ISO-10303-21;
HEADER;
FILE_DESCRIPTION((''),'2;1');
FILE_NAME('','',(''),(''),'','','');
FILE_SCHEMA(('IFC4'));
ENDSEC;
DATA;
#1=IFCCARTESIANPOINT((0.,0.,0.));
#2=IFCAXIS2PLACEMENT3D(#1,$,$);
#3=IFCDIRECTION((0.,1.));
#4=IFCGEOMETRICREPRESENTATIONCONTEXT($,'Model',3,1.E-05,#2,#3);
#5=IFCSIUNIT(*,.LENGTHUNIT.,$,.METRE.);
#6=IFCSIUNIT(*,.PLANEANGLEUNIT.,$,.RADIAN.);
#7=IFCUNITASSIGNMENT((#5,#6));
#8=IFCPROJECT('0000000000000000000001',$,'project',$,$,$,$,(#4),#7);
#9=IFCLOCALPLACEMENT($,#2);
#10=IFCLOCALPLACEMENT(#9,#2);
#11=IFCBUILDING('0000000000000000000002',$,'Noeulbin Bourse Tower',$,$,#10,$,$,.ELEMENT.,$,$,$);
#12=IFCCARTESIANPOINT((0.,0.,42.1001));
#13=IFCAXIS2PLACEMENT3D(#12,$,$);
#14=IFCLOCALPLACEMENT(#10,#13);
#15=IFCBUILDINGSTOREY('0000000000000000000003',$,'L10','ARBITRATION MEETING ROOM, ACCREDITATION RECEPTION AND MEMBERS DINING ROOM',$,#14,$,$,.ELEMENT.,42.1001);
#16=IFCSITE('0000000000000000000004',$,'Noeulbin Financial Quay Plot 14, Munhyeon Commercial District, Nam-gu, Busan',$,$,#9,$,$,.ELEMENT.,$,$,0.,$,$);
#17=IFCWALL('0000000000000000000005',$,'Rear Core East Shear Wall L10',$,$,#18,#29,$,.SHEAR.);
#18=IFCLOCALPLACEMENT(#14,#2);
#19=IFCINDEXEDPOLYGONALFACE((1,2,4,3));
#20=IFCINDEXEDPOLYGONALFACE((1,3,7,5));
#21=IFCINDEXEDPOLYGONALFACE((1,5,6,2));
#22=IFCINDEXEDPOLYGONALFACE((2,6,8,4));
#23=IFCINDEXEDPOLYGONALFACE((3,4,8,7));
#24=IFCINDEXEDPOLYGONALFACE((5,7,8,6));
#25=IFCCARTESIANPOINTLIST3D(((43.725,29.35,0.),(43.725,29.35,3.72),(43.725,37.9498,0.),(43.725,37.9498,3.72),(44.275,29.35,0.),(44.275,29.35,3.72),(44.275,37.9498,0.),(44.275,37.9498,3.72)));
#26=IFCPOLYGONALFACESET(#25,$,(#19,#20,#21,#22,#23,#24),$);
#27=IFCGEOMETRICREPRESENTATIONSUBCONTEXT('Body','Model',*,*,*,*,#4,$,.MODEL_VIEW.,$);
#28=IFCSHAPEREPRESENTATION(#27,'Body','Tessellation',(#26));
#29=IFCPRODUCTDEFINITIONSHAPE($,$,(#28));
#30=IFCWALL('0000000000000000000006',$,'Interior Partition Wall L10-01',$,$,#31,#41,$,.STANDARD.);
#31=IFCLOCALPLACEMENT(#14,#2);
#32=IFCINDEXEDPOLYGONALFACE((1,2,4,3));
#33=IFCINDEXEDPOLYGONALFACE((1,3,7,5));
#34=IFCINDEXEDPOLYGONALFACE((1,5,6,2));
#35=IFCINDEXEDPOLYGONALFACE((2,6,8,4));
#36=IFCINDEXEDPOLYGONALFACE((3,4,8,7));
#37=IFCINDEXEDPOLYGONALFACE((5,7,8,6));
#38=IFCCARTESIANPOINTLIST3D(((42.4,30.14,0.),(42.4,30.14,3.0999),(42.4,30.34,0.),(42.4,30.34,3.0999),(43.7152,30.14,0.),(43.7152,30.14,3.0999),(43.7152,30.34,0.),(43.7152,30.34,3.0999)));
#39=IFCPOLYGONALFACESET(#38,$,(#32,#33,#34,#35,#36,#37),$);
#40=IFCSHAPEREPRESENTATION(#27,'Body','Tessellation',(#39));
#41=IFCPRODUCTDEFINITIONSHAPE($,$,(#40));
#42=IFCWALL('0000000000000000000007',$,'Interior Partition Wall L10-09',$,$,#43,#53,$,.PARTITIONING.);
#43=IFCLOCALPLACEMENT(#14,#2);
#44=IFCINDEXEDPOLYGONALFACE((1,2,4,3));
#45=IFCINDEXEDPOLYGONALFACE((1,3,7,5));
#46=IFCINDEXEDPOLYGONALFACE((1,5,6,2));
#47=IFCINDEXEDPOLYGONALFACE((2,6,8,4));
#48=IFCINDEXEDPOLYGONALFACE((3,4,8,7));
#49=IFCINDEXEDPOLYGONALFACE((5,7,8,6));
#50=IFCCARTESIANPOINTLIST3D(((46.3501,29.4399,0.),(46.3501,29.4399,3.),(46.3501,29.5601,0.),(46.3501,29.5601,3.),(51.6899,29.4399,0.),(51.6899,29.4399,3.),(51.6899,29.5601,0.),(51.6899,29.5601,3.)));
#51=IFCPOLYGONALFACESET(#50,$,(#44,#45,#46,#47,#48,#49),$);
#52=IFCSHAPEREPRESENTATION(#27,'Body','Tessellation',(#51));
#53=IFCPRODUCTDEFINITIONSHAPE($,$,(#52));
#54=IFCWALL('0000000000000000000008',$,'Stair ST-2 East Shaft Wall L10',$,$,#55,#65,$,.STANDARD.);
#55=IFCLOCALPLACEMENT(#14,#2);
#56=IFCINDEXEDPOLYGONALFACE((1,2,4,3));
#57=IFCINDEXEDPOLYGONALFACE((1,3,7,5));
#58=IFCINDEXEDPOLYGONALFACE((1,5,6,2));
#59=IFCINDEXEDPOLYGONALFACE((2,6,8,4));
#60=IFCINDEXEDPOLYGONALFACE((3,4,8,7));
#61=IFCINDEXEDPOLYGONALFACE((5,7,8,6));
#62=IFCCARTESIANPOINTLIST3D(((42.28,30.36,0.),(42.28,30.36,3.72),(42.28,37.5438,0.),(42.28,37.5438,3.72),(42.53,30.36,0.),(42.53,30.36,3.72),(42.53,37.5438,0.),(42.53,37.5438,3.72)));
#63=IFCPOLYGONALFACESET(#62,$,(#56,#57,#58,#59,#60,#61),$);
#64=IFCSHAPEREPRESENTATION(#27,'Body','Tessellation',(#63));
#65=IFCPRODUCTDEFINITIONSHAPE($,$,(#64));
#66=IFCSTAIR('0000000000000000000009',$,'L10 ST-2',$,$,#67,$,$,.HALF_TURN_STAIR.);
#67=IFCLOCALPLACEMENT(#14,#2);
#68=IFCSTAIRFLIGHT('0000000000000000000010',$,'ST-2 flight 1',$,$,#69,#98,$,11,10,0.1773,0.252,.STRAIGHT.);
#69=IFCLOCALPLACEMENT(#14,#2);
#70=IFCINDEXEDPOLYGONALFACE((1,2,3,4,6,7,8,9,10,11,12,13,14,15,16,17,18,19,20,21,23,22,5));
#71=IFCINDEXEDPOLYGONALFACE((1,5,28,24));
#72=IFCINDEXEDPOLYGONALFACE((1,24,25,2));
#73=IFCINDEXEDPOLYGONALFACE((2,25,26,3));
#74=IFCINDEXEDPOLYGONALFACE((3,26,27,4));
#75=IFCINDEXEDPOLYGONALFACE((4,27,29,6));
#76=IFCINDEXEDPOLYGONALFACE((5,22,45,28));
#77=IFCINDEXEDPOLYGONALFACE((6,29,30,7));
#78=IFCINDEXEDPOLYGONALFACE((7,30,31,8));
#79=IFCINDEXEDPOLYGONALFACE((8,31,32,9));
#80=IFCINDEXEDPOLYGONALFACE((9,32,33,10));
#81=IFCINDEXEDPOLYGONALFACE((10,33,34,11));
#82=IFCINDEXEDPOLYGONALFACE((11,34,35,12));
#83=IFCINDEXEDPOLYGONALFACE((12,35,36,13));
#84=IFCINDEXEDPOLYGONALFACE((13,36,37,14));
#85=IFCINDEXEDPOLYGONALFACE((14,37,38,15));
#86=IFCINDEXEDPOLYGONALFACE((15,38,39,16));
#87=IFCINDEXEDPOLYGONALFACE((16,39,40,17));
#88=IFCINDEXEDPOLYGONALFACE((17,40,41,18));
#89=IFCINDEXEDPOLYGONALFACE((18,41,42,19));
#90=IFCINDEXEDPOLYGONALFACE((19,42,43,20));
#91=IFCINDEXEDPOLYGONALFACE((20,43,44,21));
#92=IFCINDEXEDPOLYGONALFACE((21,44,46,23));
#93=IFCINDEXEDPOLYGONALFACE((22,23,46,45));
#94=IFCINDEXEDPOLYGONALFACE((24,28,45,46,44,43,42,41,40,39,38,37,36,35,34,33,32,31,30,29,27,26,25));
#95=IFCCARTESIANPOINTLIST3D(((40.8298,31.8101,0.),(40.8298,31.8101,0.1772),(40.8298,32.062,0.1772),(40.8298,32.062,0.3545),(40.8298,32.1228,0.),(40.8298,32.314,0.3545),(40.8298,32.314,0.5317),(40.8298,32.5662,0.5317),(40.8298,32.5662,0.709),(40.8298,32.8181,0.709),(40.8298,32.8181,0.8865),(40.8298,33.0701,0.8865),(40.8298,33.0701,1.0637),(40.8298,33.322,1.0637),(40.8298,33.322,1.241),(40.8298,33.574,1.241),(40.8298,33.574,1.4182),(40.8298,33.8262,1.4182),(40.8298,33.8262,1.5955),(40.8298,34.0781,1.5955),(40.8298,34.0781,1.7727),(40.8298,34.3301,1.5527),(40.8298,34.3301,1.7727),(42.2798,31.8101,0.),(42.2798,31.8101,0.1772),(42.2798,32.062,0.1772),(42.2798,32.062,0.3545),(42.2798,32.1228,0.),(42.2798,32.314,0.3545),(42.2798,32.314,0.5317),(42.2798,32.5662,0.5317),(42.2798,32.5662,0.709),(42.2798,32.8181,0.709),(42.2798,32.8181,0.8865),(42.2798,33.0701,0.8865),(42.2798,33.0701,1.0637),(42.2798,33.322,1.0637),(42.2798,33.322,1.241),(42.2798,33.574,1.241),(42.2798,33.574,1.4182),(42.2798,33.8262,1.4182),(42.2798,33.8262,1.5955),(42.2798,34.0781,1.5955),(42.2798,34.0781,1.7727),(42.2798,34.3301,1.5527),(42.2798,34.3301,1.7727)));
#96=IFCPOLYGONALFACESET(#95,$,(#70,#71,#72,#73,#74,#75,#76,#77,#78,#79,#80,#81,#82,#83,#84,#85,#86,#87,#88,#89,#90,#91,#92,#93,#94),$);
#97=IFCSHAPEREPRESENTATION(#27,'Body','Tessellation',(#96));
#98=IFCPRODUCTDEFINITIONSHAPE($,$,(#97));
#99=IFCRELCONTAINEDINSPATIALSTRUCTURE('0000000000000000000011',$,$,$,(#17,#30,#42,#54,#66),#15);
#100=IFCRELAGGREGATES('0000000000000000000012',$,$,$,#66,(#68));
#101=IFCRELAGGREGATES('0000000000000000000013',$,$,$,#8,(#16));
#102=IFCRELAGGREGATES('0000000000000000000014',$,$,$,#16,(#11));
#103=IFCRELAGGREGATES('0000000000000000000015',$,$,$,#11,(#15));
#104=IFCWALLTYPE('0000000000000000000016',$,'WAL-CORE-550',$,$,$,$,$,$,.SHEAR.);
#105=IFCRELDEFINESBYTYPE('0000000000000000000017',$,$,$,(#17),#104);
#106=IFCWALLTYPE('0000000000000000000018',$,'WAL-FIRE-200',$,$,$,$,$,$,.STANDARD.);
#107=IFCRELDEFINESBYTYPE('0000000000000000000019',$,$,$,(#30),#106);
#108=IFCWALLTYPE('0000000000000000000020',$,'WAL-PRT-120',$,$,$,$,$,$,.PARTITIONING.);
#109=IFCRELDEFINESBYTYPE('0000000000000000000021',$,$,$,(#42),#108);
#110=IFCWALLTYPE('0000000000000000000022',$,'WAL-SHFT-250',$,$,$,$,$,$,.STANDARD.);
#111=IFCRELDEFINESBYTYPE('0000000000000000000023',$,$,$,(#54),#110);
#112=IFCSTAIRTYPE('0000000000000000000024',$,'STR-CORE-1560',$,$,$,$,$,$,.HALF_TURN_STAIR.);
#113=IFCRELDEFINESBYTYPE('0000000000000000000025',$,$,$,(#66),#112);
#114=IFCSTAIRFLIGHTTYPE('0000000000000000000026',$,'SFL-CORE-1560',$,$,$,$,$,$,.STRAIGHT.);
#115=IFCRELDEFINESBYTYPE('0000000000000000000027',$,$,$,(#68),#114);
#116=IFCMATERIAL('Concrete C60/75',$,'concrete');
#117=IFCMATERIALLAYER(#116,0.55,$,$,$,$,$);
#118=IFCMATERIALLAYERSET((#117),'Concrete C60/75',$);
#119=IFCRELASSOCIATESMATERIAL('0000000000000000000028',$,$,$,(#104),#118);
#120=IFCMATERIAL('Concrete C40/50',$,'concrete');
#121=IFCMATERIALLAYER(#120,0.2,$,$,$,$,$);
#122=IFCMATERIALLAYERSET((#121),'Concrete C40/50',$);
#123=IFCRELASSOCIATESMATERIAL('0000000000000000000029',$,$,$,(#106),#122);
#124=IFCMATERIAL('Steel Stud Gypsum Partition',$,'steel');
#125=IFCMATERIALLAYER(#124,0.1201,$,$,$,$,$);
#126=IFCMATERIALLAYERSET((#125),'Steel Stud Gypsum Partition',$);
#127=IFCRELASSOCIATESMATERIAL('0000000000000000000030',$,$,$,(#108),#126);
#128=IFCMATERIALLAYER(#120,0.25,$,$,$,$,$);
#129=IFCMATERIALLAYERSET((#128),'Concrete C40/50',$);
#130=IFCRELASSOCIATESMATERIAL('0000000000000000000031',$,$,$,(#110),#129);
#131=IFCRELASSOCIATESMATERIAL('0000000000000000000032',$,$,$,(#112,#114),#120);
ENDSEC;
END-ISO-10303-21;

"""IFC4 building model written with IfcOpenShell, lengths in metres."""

from ifc_helpers import new_model, si_unit, direction, frame, frame_2d, origin, place, context, subcontext, project, spatial, polyline, rectangle, outline, extrude, material, layer, layer_set, type_object, element, aggregate, save


model = new_model("IFC4")

# Units and contexts
model_context = context("Model", 3, precision=1e-05, world=origin(), true_north=direction((0.0, 1.0)))
body_context = subcontext(model_context, "Body", "Model", "MODEL_VIEW")
ifc_project = project(units=[si_unit("LENGTHUNIT", "METRE"), si_unit("PLANEANGLEUNIT", "RADIAN")], contexts=[model_context])

# Site, building, storey
site_placement = place(None, origin())
site = spatial("IfcSite", under=ifc_project, at=site_placement, Name="Noeulbin Financial Quay Plot 14, Munhyeon Commercial District, Nam-gu, Busan", CompositionType="ELEMENT", RefElevation=0.0)
building_placement = place(site_placement, origin())
building = spatial("IfcBuilding", under=site, at=building_placement, Name="Noeulbin Bourse Tower", CompositionType="ELEMENT")
storey_placement = place(building_placement, frame((0.0, 0.0, 42.1001)))
storey = spatial("IfcBuildingStorey", under=building, at=storey_placement, Name="L10", Description="ARBITRATION MEETING ROOM, ACCREDITATION RECEPTION AND MEMBERS DINING ROOM", CompositionType="ELEMENT", Elevation=42.1001)

# Walls
ifc_material_1 = material(Name="Concrete C60/75", Category="concrete")
ifc_layer_1 = layer(ifc_material_1, 0.55)
ifc_layer_set_1 = layer_set([ifc_layer_1], Name="Concrete C60/75")
wall_type_1 = type_object("IfcWallType", Name="WAL-CORE-550", PredefinedType="SHEAR", material=ifc_layer_set_1)
wall_1_placement = place(storey_placement, frame((44.0, 29.3501, 0.0), z_axis=(0.0, 0.0, 1.0), x_axis=(0.0, 1.0, 0.0)))
element("IfcWall", 1, at=wall_1_placement, inside=storey, type_object=wall_type_1, Name="Rear Core East Shear Wall L10", PredefinedType="SHEAR", context=body_context, shape_type="SweptSolid", body=[
    extrude(rectangle(XDim=8.5999, YDim=0.55, at=frame_2d((4.2998, 0.0))), origin(), (0.0, 0.0, 1.0), 3.72),
])
ifc_material_2 = material(Name="Concrete C40/50", Category="concrete")
ifc_layer_2 = layer(ifc_material_2, 0.2)
ifc_layer_set_2 = layer_set([ifc_layer_2], Name="Concrete C40/50")
wall_type_2 = type_object("IfcWallType", Name="WAL-FIRE-200", PredefinedType="STANDARD", material=ifc_layer_set_2)
wall_2_placement = place(storey_placement, frame((42.3999, 30.24, 0.0), z_axis=(0.0, 0.0, 1.0), x_axis=(1.0, 0.0, 0.0)))
element("IfcWall", 2, at=wall_2_placement, inside=storey, type_object=wall_type_2, Name="Interior Partition Wall L10-01", PredefinedType="STANDARD", context=body_context, shape_type="SweptSolid", body=[
    extrude(rectangle(XDim=1.3152, YDim=0.2, at=frame_2d((0.6577, 0.0))), origin(), (0.0, 0.0, 1.0), 3.0999),
])
ifc_material_3 = material(Name="Steel Stud Gypsum Partition", Category="steel")
ifc_layer_3 = layer(ifc_material_3, 0.1201)
ifc_layer_set_3 = layer_set([ifc_layer_3], Name="Steel Stud Gypsum Partition")
wall_type_3 = type_object("IfcWallType", Name="WAL-PRT-120", PredefinedType="PARTITIONING", material=ifc_layer_set_3)
wall_3_placement = place(storey_placement, frame((46.3501, 29.5, 0.0), z_axis=(0.0, 0.0, 1.0), x_axis=(1.0, 0.0, 0.0)))
element("IfcWall", 3, at=wall_3_placement, inside=storey, type_object=wall_type_3, Name="Interior Partition Wall L10-09", PredefinedType="PARTITIONING", context=body_context, shape_type="SweptSolid", body=[
    extrude(rectangle(XDim=5.3398, YDim=0.1201, at=frame_2d((2.6699, 0.0))), origin(), (0.0, 0.0, 1.0), 3.0),
])
ifc_layer_4 = layer(ifc_material_2, 0.25)
ifc_layer_set_4 = layer_set([ifc_layer_4], Name="Concrete C40/50")
wall_type_4 = type_object("IfcWallType", Name="WAL-SHFT-250", PredefinedType="STANDARD", material=ifc_layer_set_4)
wall_4_placement = place(storey_placement, frame((42.405, 30.3601, 0.0), z_axis=(0.0, 0.0, 1.0), x_axis=(0.0, 1.0, 0.0)))
element("IfcWall", 4, at=wall_4_placement, inside=storey, type_object=wall_type_4, Name="Stair ST-2 East Shaft Wall L10", PredefinedType="STANDARD", context=body_context, shape_type="SweptSolid", body=[
    extrude(rectangle(XDim=7.1838, YDim=0.25, at=frame_2d((3.5918, 0.0))), origin(), (0.0, 0.0, 1.0), 3.72),
])

# Stair, stair flight
stair_type = type_object("IfcStairType", Name="STR-CORE-1560", PredefinedType="HALF_TURN_STAIR", material=ifc_material_2)
stair_placement = place(storey_placement, origin())
stair = element("IfcStair", 5, at=stair_placement, inside=storey, type_object=stair_type, Name="L10 ST-2", PredefinedType="HALF_TURN_STAIR")
stair_flight_type = type_object("IfcStairFlightType", Name="SFL-CORE-1560", PredefinedType="STRAIGHT", material=ifc_material_2)
stair_flight_placement = place(storey_placement, frame((41.5549, 31.8101, 0.0), z_axis=(0.0, 0.0, 1.0), x_axis=(0.0, 1.0, 0.0)))
stair_flight = element("IfcStairFlight", 6, at=stair_flight_placement, type_object=stair_flight_type, Name="ST-2 flight 1", NumberOfRisers=11, NumberOfTreads=10, PredefinedType="STRAIGHT", RiserHeight=0.1773, TreadLength=0.252, context=body_context, shape_type="SweptSolid", body=[
    extrude(outline(polyline([(0.0, 0.0), (0.0, 0.1772), (0.252, 0.1772), (0.252, 0.3545), (0.5039, 0.3545), (0.5039, 0.5317), (0.7561, 0.5317), (0.7561, 0.709), (1.0081, 0.709), (1.0081, 0.8865), (1.26, 0.8865), (1.26, 1.0637), (1.512, 1.0637), (1.512, 1.241), (1.7639, 1.241), (1.7639, 1.4182), (2.0161, 1.4182), (2.0161, 1.5955), (2.2681, 1.5955), (2.2681, 1.7727), (2.52, 1.7727), (2.52, 1.95), (2.52, 1.5527), (0.3127, 0.0), (0.0, 0.0)])), frame((0.0, 0.7251, 0.0), z_axis=(0.0, -1.0, 0.0), x_axis=(1.0, 0.0, 0.0)), (0.0, 0.0, 1.0), 1.45),
])
aggregate(stair, [stair_flight])

save(model, "model.ifc")
